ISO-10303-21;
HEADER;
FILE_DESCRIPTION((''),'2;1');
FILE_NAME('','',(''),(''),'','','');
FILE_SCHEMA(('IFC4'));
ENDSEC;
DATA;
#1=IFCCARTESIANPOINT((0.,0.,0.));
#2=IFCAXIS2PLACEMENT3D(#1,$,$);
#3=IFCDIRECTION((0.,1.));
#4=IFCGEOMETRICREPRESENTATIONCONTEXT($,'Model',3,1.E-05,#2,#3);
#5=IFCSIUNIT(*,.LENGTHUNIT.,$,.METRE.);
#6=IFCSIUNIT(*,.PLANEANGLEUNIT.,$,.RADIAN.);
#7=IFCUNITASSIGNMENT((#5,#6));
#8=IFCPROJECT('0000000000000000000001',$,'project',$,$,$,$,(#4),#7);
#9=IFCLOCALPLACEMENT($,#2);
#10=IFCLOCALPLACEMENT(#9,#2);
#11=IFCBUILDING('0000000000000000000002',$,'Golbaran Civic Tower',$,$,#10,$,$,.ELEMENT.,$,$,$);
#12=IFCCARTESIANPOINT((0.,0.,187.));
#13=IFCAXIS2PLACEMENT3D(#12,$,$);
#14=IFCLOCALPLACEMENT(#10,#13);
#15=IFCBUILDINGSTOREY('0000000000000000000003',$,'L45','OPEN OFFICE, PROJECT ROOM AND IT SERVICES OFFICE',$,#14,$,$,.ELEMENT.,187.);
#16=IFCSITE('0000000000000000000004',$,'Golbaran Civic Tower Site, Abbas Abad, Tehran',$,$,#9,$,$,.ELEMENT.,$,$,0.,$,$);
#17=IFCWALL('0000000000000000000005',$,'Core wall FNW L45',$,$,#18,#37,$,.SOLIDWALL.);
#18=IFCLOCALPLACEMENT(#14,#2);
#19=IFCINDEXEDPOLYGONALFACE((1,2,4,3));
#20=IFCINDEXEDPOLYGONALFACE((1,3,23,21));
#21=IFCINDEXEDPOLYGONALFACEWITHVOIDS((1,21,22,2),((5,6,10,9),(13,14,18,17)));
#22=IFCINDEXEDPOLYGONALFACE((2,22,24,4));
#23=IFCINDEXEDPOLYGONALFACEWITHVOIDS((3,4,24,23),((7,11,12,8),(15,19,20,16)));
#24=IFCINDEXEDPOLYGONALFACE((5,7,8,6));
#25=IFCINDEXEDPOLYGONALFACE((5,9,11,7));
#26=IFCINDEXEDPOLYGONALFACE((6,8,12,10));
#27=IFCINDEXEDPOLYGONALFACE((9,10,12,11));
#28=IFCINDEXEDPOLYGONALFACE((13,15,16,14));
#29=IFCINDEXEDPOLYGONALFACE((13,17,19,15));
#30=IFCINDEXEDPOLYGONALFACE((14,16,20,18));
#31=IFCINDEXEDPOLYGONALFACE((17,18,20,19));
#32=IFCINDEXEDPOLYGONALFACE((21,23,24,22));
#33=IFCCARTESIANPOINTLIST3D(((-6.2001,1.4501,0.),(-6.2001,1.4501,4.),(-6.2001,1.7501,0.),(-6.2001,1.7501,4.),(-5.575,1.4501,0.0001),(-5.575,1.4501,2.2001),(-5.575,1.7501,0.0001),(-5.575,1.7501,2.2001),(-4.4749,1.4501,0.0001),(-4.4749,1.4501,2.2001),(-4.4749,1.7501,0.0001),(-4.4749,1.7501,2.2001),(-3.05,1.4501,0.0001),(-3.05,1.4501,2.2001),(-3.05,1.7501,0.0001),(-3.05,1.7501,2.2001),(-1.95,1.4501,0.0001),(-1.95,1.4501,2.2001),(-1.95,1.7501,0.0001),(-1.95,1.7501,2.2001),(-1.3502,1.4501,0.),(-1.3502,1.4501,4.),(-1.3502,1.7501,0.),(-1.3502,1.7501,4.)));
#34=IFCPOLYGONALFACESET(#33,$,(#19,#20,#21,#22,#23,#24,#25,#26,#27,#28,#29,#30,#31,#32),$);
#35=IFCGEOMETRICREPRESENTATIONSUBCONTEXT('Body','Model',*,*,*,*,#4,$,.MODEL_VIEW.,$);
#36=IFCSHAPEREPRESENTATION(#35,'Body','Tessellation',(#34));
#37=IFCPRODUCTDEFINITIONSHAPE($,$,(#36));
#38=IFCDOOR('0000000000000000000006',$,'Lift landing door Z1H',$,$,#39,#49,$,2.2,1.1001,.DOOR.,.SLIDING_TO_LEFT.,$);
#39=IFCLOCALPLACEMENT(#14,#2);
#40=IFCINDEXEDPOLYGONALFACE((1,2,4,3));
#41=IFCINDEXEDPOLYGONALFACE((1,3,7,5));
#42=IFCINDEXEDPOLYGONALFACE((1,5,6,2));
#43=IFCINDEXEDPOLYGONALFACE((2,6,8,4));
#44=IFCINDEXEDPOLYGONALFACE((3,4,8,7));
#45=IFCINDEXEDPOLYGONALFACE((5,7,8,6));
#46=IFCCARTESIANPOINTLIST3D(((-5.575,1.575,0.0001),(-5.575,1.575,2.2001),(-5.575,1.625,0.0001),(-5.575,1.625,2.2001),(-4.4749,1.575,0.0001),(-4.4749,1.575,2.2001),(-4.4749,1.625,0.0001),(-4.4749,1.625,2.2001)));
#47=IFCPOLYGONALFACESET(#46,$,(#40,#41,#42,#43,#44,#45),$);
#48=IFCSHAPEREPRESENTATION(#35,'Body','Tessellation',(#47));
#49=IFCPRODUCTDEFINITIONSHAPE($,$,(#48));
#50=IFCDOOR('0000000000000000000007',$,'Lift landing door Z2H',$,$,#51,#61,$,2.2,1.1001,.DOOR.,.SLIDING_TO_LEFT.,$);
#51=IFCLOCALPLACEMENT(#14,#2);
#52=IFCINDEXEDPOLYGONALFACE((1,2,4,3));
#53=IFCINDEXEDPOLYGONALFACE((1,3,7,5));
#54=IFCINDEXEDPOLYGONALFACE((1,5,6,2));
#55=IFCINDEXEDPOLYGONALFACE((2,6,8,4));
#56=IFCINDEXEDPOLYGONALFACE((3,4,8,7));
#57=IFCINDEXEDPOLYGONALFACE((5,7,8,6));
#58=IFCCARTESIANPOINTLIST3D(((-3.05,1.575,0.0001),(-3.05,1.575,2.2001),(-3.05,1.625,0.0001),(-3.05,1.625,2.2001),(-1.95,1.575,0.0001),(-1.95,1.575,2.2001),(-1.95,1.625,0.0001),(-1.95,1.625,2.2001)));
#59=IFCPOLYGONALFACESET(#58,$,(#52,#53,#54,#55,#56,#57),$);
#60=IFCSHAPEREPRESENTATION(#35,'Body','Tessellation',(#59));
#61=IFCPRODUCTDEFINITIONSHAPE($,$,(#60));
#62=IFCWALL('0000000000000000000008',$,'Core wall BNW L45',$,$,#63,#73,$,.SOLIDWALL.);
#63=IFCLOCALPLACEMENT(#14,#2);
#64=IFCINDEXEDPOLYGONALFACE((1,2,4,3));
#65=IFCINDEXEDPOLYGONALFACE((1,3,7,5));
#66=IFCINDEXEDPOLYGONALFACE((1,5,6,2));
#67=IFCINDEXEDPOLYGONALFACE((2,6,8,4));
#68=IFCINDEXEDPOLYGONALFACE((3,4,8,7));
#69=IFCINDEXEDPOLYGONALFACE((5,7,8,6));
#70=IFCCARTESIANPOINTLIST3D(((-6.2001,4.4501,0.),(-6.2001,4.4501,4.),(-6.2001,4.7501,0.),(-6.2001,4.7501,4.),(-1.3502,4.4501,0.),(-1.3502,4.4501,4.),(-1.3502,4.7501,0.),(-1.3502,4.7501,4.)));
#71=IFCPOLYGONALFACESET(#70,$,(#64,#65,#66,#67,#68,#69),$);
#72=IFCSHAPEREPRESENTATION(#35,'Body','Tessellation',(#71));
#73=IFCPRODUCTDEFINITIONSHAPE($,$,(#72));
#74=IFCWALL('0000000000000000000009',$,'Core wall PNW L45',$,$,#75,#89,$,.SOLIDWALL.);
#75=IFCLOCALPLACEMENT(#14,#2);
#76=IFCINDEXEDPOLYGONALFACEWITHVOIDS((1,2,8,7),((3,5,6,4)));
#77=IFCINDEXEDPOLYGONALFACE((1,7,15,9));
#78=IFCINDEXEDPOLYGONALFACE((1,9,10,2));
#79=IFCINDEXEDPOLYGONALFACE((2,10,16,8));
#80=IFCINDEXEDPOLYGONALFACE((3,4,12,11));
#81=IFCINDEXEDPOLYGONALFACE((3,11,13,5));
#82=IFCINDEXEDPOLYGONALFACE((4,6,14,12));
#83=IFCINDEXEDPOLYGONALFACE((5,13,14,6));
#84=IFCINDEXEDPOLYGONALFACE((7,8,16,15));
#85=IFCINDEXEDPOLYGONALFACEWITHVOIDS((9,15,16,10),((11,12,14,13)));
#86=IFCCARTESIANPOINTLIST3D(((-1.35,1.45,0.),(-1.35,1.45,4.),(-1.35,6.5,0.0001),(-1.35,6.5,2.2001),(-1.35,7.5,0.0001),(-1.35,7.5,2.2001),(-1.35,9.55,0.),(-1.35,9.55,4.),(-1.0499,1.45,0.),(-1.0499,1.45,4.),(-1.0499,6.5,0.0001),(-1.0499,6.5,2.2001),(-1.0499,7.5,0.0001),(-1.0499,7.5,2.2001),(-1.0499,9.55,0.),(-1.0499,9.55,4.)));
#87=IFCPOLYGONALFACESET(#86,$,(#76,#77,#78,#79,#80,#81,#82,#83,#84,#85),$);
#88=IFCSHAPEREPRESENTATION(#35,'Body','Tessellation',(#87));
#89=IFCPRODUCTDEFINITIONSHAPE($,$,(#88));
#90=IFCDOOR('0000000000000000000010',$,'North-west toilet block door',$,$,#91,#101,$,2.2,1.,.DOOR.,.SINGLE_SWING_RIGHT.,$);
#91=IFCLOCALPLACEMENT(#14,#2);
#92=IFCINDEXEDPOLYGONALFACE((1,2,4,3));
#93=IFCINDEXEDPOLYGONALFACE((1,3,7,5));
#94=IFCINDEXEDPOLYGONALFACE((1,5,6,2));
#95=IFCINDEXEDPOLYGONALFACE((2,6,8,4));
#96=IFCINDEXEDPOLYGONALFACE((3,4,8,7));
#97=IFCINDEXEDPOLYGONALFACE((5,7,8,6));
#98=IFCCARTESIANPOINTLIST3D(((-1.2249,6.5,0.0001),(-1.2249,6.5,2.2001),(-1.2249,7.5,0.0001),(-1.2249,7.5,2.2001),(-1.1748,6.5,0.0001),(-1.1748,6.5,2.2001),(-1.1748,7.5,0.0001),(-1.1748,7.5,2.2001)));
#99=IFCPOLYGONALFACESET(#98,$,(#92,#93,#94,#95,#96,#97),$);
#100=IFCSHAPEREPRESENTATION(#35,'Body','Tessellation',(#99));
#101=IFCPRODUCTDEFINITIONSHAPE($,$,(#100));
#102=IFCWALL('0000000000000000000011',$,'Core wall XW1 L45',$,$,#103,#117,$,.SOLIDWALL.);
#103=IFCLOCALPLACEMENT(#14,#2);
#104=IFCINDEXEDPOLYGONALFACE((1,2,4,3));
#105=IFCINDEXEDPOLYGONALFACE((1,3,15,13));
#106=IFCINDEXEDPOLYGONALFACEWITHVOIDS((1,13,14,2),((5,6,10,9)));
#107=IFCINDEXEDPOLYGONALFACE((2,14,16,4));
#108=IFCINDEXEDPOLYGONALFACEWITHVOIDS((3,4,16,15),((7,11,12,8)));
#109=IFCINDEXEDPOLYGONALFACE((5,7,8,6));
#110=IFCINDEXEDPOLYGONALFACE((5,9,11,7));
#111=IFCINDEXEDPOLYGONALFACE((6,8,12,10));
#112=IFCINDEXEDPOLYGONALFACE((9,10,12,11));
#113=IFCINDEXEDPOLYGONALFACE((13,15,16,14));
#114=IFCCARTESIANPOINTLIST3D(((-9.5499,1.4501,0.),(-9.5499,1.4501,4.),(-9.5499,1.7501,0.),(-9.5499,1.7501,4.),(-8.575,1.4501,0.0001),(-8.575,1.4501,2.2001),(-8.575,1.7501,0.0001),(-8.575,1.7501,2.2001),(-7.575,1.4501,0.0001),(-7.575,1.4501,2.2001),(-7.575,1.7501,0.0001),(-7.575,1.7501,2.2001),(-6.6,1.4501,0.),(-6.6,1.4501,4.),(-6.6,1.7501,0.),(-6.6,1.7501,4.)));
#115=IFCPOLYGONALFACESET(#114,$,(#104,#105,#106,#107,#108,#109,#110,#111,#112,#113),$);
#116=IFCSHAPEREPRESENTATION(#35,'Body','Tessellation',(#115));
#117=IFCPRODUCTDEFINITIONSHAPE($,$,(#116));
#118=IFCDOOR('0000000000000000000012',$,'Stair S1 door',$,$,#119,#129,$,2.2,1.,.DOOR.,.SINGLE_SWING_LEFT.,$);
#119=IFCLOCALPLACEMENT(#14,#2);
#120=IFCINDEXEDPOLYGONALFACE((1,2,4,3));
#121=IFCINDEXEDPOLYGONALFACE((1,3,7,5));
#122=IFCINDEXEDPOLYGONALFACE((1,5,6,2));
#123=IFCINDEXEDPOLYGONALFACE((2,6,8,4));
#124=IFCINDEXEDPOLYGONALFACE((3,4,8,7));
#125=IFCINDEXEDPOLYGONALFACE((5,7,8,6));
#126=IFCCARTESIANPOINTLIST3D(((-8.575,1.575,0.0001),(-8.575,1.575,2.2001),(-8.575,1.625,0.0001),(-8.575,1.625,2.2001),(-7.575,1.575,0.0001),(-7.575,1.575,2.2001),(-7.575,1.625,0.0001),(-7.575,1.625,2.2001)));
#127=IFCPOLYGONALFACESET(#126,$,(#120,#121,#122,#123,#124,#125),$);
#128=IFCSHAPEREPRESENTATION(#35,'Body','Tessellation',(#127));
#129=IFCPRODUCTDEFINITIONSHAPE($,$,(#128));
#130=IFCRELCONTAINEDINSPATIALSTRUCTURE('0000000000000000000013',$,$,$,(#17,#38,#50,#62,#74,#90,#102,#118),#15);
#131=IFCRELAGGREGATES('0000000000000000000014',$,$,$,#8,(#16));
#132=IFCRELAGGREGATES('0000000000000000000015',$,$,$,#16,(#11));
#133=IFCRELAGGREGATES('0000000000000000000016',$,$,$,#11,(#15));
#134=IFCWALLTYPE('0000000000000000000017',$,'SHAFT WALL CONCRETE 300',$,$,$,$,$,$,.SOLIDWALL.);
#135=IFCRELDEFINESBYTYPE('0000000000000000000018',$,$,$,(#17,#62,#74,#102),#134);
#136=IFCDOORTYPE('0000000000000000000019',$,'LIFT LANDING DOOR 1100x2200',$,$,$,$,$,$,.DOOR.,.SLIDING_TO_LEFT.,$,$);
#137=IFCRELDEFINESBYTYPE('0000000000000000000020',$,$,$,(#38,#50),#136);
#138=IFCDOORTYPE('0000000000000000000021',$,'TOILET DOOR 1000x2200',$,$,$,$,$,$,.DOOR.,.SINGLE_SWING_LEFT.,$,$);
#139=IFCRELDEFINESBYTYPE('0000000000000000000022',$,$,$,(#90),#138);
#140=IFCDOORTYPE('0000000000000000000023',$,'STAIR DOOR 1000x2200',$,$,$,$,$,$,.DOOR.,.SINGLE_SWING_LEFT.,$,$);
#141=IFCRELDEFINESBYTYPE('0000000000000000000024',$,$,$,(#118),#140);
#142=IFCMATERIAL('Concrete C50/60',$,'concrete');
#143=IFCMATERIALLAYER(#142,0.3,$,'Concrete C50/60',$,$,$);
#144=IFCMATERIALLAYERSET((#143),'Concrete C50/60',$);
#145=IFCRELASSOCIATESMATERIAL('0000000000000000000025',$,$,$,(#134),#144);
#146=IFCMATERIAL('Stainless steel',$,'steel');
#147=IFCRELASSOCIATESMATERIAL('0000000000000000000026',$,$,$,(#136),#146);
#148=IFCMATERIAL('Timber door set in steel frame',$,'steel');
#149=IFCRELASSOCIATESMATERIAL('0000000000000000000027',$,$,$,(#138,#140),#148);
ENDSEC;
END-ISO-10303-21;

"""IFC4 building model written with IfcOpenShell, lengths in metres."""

from ifc_helpers import new_model, si_unit, direction, frame, frame_2d, origin, place, context, subcontext, project, spatial, rectangle, extrude, material, layer, layer_set, type_object, element, fill, save


model = new_model("IFC4")

# Units and contexts
model_context = context("Model", 3, precision=1e-05, world=origin(), true_north=direction((0.0, 1.0)))
body_context = subcontext(model_context, "Body", "Model", "MODEL_VIEW")
ifc_project = project(units=[si_unit("LENGTHUNIT", "METRE"), si_unit("PLANEANGLEUNIT", "RADIAN")], contexts=[model_context])

# Site, building, storey
site_placement = place(None, origin())
site = spatial("IfcSite", under=ifc_project, at=site_placement, Name="Golbaran Civic Tower Site, Abbas Abad, Tehran", CompositionType="ELEMENT", RefElevation=0.0)
building_placement = place(site_placement, origin())
building = spatial("IfcBuilding", under=site, at=building_placement, Name="Golbaran Civic Tower", CompositionType="ELEMENT")
storey_placement = place(building_placement, frame((0.0, 0.0, 187.0)))
storey = spatial("IfcBuildingStorey", under=building, at=storey_placement, Name="L45", Description="OPEN OFFICE, PROJECT ROOM AND IT SERVICES OFFICE", CompositionType="ELEMENT", Elevation=187.0)

# Shared definitions
ifc_material_1 = material(Name="Timber door set in steel frame", Category="steel")

# Wall, openings, doors
ifc_material_2 = material(Name="Concrete C50/60", Category="concrete")
ifc_layer_1 = layer(ifc_material_2, 0.3, Name="Concrete C50/60")
ifc_layer_set_1 = layer_set([ifc_layer_1], Name="Concrete C50/60")
wall_type_1 = type_object("IfcWallType", Name="SHAFT WALL CONCRETE 300", PredefinedType="SOLIDWALL", material=ifc_layer_set_1)
wall_1_placement = place(storey_placement, frame((-6.2, 1.6001, 0.0), z_axis=(0.0, 0.0, 1.0), x_axis=(1.0, 0.0, 0.0)))
wall_1 = element("IfcWall", 1, at=wall_1_placement, inside=storey, type_object=wall_type_1, Name="Core wall FNW L45", PredefinedType="SOLIDWALL", context=body_context, shape_type="SweptSolid", body=[
    extrude(rectangle(XDim=4.8499, YDim=0.3, at=frame_2d((2.4248, 0.0))), origin(), (0.0, 0.0, 1.0), 4.0),
])
opening_1_placement = place(wall_1_placement, frame((0.625, 0.0, 0.0)))
opening_1 = element("IfcOpeningElement", 2, at=opening_1_placement, cuts=wall_1, PredefinedType="OPENING", context=body_context, shape_type="SweptSolid", body=[
    extrude(rectangle(XDim=1.1001, YDim=2.2, at=frame_2d((0.55, 1.1001))), frame((0.0, 0.1599, 0.0), z_axis=(0.0, -1.0, 0.0), x_axis=(1.0, 0.0, 0.0)), (0.0, 0.0, 1.0), 0.3201),
])
opening_2_placement = place(wall_1_placement, frame((3.1499, 0.0, 0.0)))
opening_2 = element("IfcOpeningElement", 3, at=opening_2_placement, cuts=wall_1, PredefinedType="OPENING", context=body_context, shape_type="SweptSolid", body=[
    extrude(rectangle(XDim=1.1001, YDim=2.2, at=frame_2d((0.55, 1.1001))), frame((0.0, 0.1599, 0.0), z_axis=(0.0, -1.0, 0.0), x_axis=(1.0, 0.0, 0.0)), (0.0, 0.0, 1.0), 0.3201),
])
ifc_material_3 = material(Name="Stainless steel", Category="steel")
door_type_1 = type_object("IfcDoorType", Name="LIFT LANDING DOOR 1100x2200", OperationType="SLIDING_TO_LEFT", PredefinedType="DOOR", material=ifc_material_3)
door_1_placement = place(opening_1_placement, origin())
door_1 = element("IfcDoor", 4, at=door_1_placement, inside=storey, type_object=door_type_1, Name="Lift landing door Z1H", OperationType="SLIDING_TO_LEFT", OverallHeight=2.2, OverallWidth=1.1001, PredefinedType="DOOR", context=body_context, shape_type="SweptSolid", body=[
    extrude(rectangle(XDim=1.1001, YDim=2.2, at=frame_2d((0.55, 1.1001))), frame((0.0, 0.0249, 0.0), z_axis=(0.0, -1.0, 0.0), x_axis=(1.0, 0.0, 0.0)), (0.0, 0.0, 1.0), 0.05),
])
fill(opening_1, door_1)
door_2_placement = place(opening_2_placement, origin())
door_2 = element("IfcDoor", 5, at=door_2_placement, inside=storey, type_object=door_type_1, Name="Lift landing door Z2H", OperationType="SLIDING_TO_LEFT", OverallHeight=2.2, OverallWidth=1.1001, PredefinedType="DOOR", context=body_context, shape_type="SweptSolid", body=[
    extrude(rectangle(XDim=1.1001, YDim=2.2, at=frame_2d((0.55, 1.1001))), frame((0.0, 0.0249, 0.0), z_axis=(0.0, -1.0, 0.0), x_axis=(1.0, 0.0, 0.0)), (0.0, 0.0, 1.0), 0.05),
])
fill(opening_2, door_2)

# Wall
wall_2_placement = place(storey_placement, frame((-6.2, 4.6001, 0.0), z_axis=(0.0, 0.0, 1.0), x_axis=(1.0, 0.0, 0.0)))
element("IfcWall", 6, at=wall_2_placement, inside=storey, type_object=wall_type_1, Name="Core wall BNW L45", PredefinedType="SOLIDWALL", context=body_context, shape_type="SweptSolid", body=[
    extrude(rectangle(XDim=4.8499, YDim=0.3, at=frame_2d((2.4248, 0.0))), origin(), (0.0, 0.0, 1.0), 4.0),
])

# Walls, openings, doors
wall_3_placement = place(storey_placement, frame((-1.2, 1.45, 0.0), z_axis=(0.0, 0.0, 1.0), x_axis=(0.0, 1.0, 0.0)))
wall_3 = element("IfcWall", 7, at=wall_3_placement, inside=storey, type_object=wall_type_1, Name="Core wall PNW L45", PredefinedType="SOLIDWALL", context=body_context, shape_type="SweptSolid", body=[
    extrude(rectangle(XDim=8.1001, YDim=0.3, at=frame_2d((4.05, 0.0))), origin(), (0.0, 0.0, 1.0), 4.0),
])
opening_3_placement = place(wall_3_placement, frame((5.05, 0.0, 0.0)))
opening_3 = element("IfcOpeningElement", 8, at=opening_3_placement, cuts=wall_3, PredefinedType="OPENING", context=body_context, shape_type="SweptSolid", body=[
    extrude(rectangle(XDim=1.0, YDim=2.2, at=frame_2d((0.5, 1.1001))), frame((0.0, 0.1599, 0.0), z_axis=(0.0, -1.0, 0.0), x_axis=(1.0, 0.0, 0.0)), (0.0, 0.0, 1.0), 0.3201),
])
door_type_2 = type_object("IfcDoorType", Name="TOILET DOOR 1000x2200", OperationType="SINGLE_SWING_LEFT", PredefinedType="DOOR", material=ifc_material_1)
door_3_placement = place(opening_3_placement, origin())
door_3 = element("IfcDoor", 9, at=door_3_placement, inside=storey, type_object=door_type_2, Name="North-west toilet block door", OperationType="SINGLE_SWING_RIGHT", OverallHeight=2.2, OverallWidth=1.0, PredefinedType="DOOR", context=body_context, shape_type="SweptSolid", body=[
    extrude(rectangle(XDim=1.0, YDim=2.2, at=frame_2d((0.5, 1.1001))), frame((0.0, 0.0249, 0.0), z_axis=(0.0, -1.0, 0.0), x_axis=(1.0, 0.0, 0.0)), (0.0, 0.0, 1.0), 0.05),
])
fill(opening_3, door_3)
wall_4_placement = place(storey_placement, frame((-9.55, 1.6001, 0.0), z_axis=(0.0, 0.0, 1.0), x_axis=(1.0, 0.0, 0.0)))
wall_4 = element("IfcWall", 10, at=wall_4_placement, inside=storey, type_object=wall_type_1, Name="Core wall XW1 L45", PredefinedType="SOLIDWALL", context=body_context, shape_type="SweptSolid", body=[
    extrude(rectangle(XDim=2.95, YDim=0.3, at=frame_2d((1.4751, 0.0))), origin(), (0.0, 0.0, 1.0), 4.0),
])
opening_4_placement = place(wall_4_placement, frame((0.9751, 0.0, 0.0)))
opening_4 = element("IfcOpeningElement", 11, at=opening_4_placement, cuts=wall_4, PredefinedType="OPENING", context=body_context, shape_type="SweptSolid", body=[
    extrude(rectangle(XDim=1.0, YDim=2.2, at=frame_2d((0.5, 1.1001))), frame((0.0, 0.1599, 0.0), z_axis=(0.0, -1.0, 0.0), x_axis=(1.0, 0.0, 0.0)), (0.0, 0.0, 1.0), 0.3201),
])
door_type_3 = type_object("IfcDoorType", Name="STAIR DOOR 1000x2200", OperationType="SINGLE_SWING_LEFT", PredefinedType="DOOR", material=ifc_material_1)
door_4_placement = place(opening_4_placement, origin())
door_4 = element("IfcDoor", 12, at=door_4_placement, inside=storey, type_object=door_type_3, Name="Stair S1 door", OperationType="SINGLE_SWING_LEFT", OverallHeight=2.2, OverallWidth=1.0, PredefinedType="DOOR", context=body_context, shape_type="SweptSolid", body=[
    extrude(rectangle(XDim=1.0, YDim=2.2, at=frame_2d((0.5, 1.1001))), frame((0.0, 0.0249, 0.0), z_axis=(0.0, -1.0, 0.0), x_axis=(1.0, 0.0, 0.0)), (0.0, 0.0, 1.0), 0.05),
])
fill(opening_4, door_4)

save(model, "model.ifc")
